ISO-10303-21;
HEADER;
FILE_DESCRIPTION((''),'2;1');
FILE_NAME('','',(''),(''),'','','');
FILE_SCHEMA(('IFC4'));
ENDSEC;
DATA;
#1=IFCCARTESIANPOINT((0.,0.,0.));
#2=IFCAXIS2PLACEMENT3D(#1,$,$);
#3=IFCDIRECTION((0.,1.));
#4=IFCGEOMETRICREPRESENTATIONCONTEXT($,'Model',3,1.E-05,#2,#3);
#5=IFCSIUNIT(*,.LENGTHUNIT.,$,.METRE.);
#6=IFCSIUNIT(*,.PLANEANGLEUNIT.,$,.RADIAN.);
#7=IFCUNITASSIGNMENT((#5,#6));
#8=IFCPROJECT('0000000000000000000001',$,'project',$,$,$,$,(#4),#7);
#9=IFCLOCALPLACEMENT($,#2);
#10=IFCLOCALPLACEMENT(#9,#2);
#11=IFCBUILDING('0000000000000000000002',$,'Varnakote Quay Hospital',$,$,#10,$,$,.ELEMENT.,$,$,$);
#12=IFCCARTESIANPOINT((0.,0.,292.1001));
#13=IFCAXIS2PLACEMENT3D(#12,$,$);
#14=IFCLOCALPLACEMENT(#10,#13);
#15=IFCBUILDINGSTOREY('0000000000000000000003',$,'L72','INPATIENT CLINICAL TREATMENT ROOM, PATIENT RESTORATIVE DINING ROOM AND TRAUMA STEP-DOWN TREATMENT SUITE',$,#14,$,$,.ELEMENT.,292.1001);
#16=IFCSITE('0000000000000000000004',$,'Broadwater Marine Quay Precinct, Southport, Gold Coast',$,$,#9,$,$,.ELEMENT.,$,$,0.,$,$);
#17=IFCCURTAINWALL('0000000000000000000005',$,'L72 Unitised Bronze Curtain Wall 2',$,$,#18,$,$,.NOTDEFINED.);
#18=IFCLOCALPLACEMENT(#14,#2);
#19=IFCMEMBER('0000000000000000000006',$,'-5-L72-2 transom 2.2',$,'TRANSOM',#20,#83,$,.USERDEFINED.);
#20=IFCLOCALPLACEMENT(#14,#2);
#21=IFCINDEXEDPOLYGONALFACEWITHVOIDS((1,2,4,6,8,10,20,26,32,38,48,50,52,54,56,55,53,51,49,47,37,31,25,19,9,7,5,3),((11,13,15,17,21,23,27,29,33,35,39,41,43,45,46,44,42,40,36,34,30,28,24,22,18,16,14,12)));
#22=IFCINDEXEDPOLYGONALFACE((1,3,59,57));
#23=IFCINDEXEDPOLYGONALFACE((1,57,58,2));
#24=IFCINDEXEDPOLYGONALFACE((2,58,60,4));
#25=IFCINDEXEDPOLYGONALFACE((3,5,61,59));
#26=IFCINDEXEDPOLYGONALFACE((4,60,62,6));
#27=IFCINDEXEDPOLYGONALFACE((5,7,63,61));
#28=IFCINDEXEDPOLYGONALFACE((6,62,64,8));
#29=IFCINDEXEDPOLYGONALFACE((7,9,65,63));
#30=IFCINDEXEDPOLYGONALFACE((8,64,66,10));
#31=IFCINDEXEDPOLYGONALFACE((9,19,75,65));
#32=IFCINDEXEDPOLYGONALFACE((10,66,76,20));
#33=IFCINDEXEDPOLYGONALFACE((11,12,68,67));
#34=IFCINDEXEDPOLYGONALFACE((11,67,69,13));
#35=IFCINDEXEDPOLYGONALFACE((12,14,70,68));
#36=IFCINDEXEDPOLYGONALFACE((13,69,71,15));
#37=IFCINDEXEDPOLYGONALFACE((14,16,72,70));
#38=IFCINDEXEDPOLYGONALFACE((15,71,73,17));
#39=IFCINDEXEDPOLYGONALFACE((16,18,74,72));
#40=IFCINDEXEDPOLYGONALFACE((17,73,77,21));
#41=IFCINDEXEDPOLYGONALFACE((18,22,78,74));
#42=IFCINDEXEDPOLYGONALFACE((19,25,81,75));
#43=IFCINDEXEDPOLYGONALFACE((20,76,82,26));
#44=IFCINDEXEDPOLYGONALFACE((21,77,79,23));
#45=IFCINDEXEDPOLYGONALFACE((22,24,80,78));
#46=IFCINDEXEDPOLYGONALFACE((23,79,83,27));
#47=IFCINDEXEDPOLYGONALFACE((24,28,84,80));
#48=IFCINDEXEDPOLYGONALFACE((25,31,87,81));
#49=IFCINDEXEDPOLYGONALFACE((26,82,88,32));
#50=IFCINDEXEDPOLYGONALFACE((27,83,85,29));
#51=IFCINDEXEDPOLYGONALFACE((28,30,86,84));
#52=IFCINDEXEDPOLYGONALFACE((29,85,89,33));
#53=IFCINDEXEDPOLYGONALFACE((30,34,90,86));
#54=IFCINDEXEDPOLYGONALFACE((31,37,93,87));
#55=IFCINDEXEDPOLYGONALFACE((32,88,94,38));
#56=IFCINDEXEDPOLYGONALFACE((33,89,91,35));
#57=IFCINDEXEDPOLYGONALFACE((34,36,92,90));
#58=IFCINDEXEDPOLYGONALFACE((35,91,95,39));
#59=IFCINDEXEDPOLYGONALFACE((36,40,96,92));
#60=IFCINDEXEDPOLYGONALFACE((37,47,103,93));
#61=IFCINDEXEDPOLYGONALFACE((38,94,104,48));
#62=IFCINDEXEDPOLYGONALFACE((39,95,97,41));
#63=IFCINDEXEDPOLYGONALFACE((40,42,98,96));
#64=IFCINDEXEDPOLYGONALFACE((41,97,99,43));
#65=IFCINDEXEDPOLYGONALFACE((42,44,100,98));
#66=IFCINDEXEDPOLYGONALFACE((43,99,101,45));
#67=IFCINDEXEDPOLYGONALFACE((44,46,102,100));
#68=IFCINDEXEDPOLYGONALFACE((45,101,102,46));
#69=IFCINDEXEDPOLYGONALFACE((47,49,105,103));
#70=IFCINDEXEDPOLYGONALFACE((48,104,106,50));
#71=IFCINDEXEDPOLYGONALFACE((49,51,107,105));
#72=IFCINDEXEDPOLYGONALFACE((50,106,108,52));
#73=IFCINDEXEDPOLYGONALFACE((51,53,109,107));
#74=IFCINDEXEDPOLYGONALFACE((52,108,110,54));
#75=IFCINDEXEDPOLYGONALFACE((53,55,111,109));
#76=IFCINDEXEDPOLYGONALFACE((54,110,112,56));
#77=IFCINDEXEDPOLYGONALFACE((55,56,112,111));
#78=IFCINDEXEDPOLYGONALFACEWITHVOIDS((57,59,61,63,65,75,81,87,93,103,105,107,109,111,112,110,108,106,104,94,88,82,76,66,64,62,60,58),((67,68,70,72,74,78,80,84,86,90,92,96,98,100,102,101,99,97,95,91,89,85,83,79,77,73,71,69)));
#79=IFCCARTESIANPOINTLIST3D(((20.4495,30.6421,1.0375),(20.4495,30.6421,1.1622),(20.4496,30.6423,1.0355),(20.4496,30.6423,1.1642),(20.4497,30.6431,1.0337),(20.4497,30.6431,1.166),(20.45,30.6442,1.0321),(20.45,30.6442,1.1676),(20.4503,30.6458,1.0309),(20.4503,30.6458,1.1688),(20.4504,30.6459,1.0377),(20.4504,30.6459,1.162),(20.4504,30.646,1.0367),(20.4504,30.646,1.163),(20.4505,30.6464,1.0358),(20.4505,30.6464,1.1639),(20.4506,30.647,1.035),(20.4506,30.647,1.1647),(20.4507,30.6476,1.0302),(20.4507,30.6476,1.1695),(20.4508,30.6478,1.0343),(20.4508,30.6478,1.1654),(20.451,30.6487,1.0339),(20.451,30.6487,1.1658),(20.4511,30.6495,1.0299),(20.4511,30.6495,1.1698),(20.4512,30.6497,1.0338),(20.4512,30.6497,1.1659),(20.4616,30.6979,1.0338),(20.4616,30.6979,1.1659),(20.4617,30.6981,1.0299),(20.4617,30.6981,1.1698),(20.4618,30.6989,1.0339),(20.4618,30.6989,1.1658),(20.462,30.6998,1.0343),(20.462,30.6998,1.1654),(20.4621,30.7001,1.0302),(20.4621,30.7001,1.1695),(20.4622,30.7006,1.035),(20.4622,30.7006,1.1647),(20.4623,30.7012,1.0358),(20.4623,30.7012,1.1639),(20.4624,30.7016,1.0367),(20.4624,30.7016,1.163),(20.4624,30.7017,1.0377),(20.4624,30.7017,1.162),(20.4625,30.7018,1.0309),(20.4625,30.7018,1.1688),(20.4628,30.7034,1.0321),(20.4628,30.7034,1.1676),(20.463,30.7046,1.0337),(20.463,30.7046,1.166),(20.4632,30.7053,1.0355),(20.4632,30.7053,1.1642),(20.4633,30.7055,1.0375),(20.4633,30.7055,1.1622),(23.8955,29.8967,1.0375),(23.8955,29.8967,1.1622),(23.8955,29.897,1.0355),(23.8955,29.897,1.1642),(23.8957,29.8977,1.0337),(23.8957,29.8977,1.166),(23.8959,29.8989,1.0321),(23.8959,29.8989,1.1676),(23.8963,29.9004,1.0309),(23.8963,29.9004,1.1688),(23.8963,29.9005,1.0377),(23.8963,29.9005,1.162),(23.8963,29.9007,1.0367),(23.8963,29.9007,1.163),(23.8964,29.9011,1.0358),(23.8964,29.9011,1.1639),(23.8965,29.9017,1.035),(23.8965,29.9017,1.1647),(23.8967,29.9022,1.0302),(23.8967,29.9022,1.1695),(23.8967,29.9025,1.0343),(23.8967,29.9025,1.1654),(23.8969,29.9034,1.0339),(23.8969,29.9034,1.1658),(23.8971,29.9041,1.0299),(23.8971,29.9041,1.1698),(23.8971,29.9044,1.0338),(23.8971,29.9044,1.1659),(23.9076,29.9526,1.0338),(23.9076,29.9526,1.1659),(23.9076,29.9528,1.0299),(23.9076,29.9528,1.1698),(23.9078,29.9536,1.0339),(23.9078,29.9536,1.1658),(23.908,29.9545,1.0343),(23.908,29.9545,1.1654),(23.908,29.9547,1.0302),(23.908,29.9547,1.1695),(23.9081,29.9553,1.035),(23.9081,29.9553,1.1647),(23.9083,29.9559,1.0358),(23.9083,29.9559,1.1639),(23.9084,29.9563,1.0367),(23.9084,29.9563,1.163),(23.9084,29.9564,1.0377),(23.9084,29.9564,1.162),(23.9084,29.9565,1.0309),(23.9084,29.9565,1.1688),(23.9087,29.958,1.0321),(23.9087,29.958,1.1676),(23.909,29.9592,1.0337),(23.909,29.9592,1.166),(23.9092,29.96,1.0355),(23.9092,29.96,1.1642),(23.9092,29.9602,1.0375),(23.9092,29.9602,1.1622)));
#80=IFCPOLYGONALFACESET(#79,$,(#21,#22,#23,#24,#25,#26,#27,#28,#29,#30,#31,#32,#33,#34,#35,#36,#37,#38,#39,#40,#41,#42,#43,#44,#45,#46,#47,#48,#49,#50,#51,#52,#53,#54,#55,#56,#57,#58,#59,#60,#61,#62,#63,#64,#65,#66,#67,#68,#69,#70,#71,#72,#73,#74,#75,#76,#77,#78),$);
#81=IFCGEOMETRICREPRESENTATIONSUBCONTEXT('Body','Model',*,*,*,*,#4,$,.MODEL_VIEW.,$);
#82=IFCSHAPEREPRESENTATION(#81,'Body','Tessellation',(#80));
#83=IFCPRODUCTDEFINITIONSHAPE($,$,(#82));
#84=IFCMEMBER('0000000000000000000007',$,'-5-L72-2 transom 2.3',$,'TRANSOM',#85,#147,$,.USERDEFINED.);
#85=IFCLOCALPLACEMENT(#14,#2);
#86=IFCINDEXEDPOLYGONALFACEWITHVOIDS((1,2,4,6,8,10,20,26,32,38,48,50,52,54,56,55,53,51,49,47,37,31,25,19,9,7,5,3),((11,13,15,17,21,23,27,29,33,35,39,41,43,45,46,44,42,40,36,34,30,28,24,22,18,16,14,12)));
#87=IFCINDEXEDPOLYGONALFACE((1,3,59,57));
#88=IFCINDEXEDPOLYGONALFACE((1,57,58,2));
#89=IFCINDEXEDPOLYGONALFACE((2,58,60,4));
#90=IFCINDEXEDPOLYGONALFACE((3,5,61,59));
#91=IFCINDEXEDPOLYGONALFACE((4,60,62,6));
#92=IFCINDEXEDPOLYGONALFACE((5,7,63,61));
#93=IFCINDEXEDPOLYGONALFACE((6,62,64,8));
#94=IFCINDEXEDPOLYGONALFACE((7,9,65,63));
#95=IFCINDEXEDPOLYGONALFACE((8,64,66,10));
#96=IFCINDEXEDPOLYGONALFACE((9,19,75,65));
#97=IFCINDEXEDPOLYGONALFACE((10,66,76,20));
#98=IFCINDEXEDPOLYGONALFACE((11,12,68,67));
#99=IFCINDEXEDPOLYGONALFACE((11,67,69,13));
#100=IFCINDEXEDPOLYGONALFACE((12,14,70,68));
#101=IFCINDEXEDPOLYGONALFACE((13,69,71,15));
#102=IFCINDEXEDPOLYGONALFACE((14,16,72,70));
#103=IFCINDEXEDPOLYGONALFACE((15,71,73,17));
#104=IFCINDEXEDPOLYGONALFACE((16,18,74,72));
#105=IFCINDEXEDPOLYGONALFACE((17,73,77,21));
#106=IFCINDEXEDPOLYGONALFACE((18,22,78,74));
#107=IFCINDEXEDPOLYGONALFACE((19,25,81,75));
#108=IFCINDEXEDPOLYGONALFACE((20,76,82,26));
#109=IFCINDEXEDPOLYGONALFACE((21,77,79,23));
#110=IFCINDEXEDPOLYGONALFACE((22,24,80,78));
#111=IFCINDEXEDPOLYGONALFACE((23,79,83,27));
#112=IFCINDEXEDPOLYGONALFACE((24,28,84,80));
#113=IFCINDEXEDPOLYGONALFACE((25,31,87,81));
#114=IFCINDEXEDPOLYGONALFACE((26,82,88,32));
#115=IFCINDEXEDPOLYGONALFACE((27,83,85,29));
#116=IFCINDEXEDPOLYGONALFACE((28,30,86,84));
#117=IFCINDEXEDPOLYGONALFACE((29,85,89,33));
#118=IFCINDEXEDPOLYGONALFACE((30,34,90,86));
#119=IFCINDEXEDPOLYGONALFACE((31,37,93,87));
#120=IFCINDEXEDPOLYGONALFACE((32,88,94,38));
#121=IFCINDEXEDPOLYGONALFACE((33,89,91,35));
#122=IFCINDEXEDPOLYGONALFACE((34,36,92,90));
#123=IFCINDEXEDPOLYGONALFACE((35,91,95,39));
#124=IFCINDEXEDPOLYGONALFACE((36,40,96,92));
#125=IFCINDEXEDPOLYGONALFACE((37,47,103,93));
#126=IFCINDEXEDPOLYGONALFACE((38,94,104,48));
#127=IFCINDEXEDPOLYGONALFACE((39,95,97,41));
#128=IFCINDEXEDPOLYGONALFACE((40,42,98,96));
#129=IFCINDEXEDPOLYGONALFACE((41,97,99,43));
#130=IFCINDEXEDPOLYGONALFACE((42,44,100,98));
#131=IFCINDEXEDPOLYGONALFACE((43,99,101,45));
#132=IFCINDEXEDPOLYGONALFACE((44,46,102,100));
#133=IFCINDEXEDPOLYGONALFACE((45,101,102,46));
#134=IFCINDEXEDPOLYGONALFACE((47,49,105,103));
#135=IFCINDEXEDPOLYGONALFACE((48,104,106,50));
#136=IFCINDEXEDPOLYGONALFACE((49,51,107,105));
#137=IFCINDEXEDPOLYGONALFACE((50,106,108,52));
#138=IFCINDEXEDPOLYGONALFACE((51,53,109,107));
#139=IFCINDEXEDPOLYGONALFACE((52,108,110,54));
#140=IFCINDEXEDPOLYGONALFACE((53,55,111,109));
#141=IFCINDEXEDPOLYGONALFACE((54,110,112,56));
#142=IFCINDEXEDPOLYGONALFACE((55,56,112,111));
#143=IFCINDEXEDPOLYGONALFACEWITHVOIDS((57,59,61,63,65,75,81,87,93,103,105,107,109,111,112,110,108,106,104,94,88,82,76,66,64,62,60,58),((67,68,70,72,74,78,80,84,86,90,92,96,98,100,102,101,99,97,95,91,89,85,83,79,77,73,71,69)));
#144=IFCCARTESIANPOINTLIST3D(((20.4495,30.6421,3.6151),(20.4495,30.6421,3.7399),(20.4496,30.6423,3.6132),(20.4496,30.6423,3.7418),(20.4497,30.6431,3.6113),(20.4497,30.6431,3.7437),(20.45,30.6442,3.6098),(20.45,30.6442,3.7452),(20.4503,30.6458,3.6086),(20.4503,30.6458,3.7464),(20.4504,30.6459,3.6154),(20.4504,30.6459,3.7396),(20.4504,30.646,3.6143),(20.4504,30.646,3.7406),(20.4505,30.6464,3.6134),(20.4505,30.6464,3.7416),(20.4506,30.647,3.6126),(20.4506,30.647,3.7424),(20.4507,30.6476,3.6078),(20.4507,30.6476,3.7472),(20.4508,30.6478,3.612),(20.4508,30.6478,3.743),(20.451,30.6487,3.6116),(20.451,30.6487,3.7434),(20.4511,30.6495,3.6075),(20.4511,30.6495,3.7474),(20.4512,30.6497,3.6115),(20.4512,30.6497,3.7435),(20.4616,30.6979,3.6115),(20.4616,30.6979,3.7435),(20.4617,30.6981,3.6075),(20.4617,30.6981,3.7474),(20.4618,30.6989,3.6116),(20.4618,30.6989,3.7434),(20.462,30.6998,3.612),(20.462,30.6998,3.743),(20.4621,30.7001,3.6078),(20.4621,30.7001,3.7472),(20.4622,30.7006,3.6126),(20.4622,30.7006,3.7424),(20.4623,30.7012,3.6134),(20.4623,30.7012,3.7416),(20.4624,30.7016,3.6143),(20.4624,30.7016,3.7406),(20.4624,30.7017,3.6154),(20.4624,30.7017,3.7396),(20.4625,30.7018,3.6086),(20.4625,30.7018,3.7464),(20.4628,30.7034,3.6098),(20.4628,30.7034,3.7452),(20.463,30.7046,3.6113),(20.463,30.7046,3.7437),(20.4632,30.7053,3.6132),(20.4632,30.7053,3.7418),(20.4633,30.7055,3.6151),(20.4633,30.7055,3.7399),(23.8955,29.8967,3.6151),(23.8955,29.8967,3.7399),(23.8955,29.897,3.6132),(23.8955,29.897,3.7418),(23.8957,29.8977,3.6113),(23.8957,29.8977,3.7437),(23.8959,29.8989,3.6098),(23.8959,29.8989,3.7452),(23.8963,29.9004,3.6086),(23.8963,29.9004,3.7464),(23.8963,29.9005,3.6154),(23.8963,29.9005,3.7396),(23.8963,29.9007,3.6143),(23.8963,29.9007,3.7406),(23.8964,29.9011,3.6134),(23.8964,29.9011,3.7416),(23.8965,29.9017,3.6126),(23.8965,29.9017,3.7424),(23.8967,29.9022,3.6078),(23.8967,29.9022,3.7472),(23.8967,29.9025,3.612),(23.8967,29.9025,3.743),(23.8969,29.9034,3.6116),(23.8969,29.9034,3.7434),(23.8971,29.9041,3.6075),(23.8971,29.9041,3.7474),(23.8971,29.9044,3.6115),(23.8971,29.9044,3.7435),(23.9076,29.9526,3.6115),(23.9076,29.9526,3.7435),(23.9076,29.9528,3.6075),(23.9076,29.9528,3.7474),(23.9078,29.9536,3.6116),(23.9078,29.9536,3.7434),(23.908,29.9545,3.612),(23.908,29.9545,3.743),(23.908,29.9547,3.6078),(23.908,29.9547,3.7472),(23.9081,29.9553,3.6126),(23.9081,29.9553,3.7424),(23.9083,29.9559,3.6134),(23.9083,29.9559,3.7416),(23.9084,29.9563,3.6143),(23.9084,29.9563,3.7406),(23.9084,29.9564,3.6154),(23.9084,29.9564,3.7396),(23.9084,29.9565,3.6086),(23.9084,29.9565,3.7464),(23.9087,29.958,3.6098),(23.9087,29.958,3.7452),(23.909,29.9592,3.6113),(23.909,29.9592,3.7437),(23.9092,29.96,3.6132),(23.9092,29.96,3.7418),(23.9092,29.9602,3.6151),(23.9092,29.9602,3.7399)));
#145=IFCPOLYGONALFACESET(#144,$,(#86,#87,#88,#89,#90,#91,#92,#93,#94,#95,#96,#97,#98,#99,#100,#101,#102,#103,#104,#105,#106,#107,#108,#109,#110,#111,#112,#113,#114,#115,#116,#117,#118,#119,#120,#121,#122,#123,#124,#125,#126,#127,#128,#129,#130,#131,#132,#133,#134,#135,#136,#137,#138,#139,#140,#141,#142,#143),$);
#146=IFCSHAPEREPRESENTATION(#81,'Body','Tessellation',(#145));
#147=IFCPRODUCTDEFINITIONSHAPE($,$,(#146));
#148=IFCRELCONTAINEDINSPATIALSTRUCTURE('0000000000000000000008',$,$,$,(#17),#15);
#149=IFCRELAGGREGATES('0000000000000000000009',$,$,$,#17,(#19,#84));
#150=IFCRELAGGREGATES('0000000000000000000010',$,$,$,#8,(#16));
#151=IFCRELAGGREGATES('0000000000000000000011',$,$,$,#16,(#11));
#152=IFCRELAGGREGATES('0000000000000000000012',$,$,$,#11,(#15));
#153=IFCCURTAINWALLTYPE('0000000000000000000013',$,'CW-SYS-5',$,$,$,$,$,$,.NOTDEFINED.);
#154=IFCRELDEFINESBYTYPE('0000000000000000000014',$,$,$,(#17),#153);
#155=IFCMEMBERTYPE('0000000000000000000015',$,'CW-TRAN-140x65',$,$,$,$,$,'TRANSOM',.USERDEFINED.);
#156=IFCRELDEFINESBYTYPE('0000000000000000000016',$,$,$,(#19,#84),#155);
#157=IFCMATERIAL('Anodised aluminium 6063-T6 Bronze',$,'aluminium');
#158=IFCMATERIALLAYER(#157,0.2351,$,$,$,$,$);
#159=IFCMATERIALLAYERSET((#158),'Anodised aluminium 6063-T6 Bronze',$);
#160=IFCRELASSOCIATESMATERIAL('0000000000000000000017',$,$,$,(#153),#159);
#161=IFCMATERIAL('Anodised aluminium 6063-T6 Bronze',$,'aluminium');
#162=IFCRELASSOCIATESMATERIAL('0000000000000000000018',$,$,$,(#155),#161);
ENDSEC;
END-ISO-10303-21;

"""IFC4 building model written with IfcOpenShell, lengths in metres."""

from ifc_helpers import new_model, si_unit, direction, frame, origin, origin_2d, place, context, subcontext, project, spatial, hollow_rectangle, extrude, material, layer, layer_set, material_profile, profile_set, type_object, element, aggregate, save


model = new_model("IFC4")

# Units and contexts
model_context = context("Model", 3, precision=1e-05, world=origin(), true_north=direction((0.0, 1.0)))
body_context = subcontext(model_context, "Body", "Model", "MODEL_VIEW")
ifc_project = project(units=[si_unit("LENGTHUNIT", "METRE"), si_unit("PLANEANGLEUNIT", "RADIAN")], contexts=[model_context])

# Site, building, storey
site_placement = place(None, origin())
site = spatial("IfcSite", under=ifc_project, at=site_placement, Name="Broadwater Marine Quay Precinct, Southport, Gold Coast", CompositionType="ELEMENT", RefElevation=0.0)
building_placement = place(site_placement, origin())
building = spatial("IfcBuilding", under=site, at=building_placement, Name="Varnakote Quay Hospital", CompositionType="ELEMENT")
storey_placement = place(building_placement, frame((0.0, 0.0, 292.1001)))
storey = spatial("IfcBuildingStorey", under=building, at=storey_placement, Name="L72", Description="INPATIENT CLINICAL TREATMENT ROOM, PATIENT RESTORATIVE DINING ROOM AND TRAUMA STEP-DOWN TREATMENT SUITE", CompositionType="ELEMENT", Elevation=292.1001)

# Shared definitions
ifc_material_1 = material(Name="Anodised aluminium 6063-T6 Bronze", Category="aluminium")
ifc_layer_1 = layer(ifc_material_1, 0.2351)
ifc_layer_set_1 = layer_set([ifc_layer_1], Name="Anodised aluminium 6063-T6 Bronze")
curtain_wall_type = type_object("IfcCurtainWallType", Name="CW-SYS-5", PredefinedType="NOTDEFINED", material=ifc_layer_set_1)

# Curtain wall, members
curtain_wall_1_placement = place(storey_placement, origin())
curtain_wall_1 = element("IfcCurtainWall", 1, at=curtain_wall_1_placement, inside=storey, type_object=curtain_wall_type, Name="L72 Unitised Bronze Curtain Wall 2", PredefinedType="NOTDEFINED")
ifc_material_2 = material(Name="Anodised aluminium 6063-T6 Bronze", Category="aluminium")
ifc_material_profile_1 = material_profile(ifc_material_2, hollow_rectangle(XDim=0.0649, YDim=0.1399, WallThickness=0.0039, InnerFilletRadius=0.0039, OuterFilletRadius=0.0076, at=origin_2d()), Name="CW-TRAN-140x65")
ifc_profile_set_1 = profile_set([ifc_material_profile_1], Name="Anodised aluminium 6063-T6 Bronze")
member_type_1 = type_object("IfcMemberType", Name="CW-TRAN-140x65", ElementType="TRANSOM", PredefinedType="USERDEFINED", material=ifc_profile_set_1)
member_1_placement = place(storey_placement, frame((23.9023, 29.9285, 1.0999), z_axis=(-0.977398, 0.211406, 0.0), x_axis=(-0.211406, -0.977398, 0.0)))
member_1 = element("IfcMember", 2, at=member_1_placement, type_object=member_type_1, Name="-5-L72-2 transom 2.2", ObjectType="TRANSOM", PredefinedType="USERDEFINED", context=body_context, shape_type="SweptSolid", body=[
    extrude(hollow_rectangle(XDim=0.0649, YDim=0.1399, WallThickness=0.0039, InnerFilletRadius=0.0039, OuterFilletRadius=0.0076, at=origin_2d()), origin(), (0.0, 0.0, 1.0), 3.5256),
])
member_2_placement = place(storey_placement, frame((23.9023, 29.9285, 3.6775), z_axis=(-0.977398, 0.211406, 0.0), x_axis=(-0.211406, -0.977398, 0.0)))
member_2 = element("IfcMember", 3, at=member_2_placement, type_object=member_type_1, Name="-5-L72-2 transom 2.3", ObjectType="TRANSOM", PredefinedType="USERDEFINED", context=body_context, shape_type="SweptSolid", body=[
    extrude(hollow_rectangle(XDim=0.0649, YDim=0.1399, WallThickness=0.0039, InnerFilletRadius=0.0039, OuterFilletRadius=0.0076, at=origin_2d()), origin(), (0.0, 0.0, 1.0), 3.5256),
])

aggregate(curtain_wall_1, [member_1, member_2])

save(model, "model.ifc")
